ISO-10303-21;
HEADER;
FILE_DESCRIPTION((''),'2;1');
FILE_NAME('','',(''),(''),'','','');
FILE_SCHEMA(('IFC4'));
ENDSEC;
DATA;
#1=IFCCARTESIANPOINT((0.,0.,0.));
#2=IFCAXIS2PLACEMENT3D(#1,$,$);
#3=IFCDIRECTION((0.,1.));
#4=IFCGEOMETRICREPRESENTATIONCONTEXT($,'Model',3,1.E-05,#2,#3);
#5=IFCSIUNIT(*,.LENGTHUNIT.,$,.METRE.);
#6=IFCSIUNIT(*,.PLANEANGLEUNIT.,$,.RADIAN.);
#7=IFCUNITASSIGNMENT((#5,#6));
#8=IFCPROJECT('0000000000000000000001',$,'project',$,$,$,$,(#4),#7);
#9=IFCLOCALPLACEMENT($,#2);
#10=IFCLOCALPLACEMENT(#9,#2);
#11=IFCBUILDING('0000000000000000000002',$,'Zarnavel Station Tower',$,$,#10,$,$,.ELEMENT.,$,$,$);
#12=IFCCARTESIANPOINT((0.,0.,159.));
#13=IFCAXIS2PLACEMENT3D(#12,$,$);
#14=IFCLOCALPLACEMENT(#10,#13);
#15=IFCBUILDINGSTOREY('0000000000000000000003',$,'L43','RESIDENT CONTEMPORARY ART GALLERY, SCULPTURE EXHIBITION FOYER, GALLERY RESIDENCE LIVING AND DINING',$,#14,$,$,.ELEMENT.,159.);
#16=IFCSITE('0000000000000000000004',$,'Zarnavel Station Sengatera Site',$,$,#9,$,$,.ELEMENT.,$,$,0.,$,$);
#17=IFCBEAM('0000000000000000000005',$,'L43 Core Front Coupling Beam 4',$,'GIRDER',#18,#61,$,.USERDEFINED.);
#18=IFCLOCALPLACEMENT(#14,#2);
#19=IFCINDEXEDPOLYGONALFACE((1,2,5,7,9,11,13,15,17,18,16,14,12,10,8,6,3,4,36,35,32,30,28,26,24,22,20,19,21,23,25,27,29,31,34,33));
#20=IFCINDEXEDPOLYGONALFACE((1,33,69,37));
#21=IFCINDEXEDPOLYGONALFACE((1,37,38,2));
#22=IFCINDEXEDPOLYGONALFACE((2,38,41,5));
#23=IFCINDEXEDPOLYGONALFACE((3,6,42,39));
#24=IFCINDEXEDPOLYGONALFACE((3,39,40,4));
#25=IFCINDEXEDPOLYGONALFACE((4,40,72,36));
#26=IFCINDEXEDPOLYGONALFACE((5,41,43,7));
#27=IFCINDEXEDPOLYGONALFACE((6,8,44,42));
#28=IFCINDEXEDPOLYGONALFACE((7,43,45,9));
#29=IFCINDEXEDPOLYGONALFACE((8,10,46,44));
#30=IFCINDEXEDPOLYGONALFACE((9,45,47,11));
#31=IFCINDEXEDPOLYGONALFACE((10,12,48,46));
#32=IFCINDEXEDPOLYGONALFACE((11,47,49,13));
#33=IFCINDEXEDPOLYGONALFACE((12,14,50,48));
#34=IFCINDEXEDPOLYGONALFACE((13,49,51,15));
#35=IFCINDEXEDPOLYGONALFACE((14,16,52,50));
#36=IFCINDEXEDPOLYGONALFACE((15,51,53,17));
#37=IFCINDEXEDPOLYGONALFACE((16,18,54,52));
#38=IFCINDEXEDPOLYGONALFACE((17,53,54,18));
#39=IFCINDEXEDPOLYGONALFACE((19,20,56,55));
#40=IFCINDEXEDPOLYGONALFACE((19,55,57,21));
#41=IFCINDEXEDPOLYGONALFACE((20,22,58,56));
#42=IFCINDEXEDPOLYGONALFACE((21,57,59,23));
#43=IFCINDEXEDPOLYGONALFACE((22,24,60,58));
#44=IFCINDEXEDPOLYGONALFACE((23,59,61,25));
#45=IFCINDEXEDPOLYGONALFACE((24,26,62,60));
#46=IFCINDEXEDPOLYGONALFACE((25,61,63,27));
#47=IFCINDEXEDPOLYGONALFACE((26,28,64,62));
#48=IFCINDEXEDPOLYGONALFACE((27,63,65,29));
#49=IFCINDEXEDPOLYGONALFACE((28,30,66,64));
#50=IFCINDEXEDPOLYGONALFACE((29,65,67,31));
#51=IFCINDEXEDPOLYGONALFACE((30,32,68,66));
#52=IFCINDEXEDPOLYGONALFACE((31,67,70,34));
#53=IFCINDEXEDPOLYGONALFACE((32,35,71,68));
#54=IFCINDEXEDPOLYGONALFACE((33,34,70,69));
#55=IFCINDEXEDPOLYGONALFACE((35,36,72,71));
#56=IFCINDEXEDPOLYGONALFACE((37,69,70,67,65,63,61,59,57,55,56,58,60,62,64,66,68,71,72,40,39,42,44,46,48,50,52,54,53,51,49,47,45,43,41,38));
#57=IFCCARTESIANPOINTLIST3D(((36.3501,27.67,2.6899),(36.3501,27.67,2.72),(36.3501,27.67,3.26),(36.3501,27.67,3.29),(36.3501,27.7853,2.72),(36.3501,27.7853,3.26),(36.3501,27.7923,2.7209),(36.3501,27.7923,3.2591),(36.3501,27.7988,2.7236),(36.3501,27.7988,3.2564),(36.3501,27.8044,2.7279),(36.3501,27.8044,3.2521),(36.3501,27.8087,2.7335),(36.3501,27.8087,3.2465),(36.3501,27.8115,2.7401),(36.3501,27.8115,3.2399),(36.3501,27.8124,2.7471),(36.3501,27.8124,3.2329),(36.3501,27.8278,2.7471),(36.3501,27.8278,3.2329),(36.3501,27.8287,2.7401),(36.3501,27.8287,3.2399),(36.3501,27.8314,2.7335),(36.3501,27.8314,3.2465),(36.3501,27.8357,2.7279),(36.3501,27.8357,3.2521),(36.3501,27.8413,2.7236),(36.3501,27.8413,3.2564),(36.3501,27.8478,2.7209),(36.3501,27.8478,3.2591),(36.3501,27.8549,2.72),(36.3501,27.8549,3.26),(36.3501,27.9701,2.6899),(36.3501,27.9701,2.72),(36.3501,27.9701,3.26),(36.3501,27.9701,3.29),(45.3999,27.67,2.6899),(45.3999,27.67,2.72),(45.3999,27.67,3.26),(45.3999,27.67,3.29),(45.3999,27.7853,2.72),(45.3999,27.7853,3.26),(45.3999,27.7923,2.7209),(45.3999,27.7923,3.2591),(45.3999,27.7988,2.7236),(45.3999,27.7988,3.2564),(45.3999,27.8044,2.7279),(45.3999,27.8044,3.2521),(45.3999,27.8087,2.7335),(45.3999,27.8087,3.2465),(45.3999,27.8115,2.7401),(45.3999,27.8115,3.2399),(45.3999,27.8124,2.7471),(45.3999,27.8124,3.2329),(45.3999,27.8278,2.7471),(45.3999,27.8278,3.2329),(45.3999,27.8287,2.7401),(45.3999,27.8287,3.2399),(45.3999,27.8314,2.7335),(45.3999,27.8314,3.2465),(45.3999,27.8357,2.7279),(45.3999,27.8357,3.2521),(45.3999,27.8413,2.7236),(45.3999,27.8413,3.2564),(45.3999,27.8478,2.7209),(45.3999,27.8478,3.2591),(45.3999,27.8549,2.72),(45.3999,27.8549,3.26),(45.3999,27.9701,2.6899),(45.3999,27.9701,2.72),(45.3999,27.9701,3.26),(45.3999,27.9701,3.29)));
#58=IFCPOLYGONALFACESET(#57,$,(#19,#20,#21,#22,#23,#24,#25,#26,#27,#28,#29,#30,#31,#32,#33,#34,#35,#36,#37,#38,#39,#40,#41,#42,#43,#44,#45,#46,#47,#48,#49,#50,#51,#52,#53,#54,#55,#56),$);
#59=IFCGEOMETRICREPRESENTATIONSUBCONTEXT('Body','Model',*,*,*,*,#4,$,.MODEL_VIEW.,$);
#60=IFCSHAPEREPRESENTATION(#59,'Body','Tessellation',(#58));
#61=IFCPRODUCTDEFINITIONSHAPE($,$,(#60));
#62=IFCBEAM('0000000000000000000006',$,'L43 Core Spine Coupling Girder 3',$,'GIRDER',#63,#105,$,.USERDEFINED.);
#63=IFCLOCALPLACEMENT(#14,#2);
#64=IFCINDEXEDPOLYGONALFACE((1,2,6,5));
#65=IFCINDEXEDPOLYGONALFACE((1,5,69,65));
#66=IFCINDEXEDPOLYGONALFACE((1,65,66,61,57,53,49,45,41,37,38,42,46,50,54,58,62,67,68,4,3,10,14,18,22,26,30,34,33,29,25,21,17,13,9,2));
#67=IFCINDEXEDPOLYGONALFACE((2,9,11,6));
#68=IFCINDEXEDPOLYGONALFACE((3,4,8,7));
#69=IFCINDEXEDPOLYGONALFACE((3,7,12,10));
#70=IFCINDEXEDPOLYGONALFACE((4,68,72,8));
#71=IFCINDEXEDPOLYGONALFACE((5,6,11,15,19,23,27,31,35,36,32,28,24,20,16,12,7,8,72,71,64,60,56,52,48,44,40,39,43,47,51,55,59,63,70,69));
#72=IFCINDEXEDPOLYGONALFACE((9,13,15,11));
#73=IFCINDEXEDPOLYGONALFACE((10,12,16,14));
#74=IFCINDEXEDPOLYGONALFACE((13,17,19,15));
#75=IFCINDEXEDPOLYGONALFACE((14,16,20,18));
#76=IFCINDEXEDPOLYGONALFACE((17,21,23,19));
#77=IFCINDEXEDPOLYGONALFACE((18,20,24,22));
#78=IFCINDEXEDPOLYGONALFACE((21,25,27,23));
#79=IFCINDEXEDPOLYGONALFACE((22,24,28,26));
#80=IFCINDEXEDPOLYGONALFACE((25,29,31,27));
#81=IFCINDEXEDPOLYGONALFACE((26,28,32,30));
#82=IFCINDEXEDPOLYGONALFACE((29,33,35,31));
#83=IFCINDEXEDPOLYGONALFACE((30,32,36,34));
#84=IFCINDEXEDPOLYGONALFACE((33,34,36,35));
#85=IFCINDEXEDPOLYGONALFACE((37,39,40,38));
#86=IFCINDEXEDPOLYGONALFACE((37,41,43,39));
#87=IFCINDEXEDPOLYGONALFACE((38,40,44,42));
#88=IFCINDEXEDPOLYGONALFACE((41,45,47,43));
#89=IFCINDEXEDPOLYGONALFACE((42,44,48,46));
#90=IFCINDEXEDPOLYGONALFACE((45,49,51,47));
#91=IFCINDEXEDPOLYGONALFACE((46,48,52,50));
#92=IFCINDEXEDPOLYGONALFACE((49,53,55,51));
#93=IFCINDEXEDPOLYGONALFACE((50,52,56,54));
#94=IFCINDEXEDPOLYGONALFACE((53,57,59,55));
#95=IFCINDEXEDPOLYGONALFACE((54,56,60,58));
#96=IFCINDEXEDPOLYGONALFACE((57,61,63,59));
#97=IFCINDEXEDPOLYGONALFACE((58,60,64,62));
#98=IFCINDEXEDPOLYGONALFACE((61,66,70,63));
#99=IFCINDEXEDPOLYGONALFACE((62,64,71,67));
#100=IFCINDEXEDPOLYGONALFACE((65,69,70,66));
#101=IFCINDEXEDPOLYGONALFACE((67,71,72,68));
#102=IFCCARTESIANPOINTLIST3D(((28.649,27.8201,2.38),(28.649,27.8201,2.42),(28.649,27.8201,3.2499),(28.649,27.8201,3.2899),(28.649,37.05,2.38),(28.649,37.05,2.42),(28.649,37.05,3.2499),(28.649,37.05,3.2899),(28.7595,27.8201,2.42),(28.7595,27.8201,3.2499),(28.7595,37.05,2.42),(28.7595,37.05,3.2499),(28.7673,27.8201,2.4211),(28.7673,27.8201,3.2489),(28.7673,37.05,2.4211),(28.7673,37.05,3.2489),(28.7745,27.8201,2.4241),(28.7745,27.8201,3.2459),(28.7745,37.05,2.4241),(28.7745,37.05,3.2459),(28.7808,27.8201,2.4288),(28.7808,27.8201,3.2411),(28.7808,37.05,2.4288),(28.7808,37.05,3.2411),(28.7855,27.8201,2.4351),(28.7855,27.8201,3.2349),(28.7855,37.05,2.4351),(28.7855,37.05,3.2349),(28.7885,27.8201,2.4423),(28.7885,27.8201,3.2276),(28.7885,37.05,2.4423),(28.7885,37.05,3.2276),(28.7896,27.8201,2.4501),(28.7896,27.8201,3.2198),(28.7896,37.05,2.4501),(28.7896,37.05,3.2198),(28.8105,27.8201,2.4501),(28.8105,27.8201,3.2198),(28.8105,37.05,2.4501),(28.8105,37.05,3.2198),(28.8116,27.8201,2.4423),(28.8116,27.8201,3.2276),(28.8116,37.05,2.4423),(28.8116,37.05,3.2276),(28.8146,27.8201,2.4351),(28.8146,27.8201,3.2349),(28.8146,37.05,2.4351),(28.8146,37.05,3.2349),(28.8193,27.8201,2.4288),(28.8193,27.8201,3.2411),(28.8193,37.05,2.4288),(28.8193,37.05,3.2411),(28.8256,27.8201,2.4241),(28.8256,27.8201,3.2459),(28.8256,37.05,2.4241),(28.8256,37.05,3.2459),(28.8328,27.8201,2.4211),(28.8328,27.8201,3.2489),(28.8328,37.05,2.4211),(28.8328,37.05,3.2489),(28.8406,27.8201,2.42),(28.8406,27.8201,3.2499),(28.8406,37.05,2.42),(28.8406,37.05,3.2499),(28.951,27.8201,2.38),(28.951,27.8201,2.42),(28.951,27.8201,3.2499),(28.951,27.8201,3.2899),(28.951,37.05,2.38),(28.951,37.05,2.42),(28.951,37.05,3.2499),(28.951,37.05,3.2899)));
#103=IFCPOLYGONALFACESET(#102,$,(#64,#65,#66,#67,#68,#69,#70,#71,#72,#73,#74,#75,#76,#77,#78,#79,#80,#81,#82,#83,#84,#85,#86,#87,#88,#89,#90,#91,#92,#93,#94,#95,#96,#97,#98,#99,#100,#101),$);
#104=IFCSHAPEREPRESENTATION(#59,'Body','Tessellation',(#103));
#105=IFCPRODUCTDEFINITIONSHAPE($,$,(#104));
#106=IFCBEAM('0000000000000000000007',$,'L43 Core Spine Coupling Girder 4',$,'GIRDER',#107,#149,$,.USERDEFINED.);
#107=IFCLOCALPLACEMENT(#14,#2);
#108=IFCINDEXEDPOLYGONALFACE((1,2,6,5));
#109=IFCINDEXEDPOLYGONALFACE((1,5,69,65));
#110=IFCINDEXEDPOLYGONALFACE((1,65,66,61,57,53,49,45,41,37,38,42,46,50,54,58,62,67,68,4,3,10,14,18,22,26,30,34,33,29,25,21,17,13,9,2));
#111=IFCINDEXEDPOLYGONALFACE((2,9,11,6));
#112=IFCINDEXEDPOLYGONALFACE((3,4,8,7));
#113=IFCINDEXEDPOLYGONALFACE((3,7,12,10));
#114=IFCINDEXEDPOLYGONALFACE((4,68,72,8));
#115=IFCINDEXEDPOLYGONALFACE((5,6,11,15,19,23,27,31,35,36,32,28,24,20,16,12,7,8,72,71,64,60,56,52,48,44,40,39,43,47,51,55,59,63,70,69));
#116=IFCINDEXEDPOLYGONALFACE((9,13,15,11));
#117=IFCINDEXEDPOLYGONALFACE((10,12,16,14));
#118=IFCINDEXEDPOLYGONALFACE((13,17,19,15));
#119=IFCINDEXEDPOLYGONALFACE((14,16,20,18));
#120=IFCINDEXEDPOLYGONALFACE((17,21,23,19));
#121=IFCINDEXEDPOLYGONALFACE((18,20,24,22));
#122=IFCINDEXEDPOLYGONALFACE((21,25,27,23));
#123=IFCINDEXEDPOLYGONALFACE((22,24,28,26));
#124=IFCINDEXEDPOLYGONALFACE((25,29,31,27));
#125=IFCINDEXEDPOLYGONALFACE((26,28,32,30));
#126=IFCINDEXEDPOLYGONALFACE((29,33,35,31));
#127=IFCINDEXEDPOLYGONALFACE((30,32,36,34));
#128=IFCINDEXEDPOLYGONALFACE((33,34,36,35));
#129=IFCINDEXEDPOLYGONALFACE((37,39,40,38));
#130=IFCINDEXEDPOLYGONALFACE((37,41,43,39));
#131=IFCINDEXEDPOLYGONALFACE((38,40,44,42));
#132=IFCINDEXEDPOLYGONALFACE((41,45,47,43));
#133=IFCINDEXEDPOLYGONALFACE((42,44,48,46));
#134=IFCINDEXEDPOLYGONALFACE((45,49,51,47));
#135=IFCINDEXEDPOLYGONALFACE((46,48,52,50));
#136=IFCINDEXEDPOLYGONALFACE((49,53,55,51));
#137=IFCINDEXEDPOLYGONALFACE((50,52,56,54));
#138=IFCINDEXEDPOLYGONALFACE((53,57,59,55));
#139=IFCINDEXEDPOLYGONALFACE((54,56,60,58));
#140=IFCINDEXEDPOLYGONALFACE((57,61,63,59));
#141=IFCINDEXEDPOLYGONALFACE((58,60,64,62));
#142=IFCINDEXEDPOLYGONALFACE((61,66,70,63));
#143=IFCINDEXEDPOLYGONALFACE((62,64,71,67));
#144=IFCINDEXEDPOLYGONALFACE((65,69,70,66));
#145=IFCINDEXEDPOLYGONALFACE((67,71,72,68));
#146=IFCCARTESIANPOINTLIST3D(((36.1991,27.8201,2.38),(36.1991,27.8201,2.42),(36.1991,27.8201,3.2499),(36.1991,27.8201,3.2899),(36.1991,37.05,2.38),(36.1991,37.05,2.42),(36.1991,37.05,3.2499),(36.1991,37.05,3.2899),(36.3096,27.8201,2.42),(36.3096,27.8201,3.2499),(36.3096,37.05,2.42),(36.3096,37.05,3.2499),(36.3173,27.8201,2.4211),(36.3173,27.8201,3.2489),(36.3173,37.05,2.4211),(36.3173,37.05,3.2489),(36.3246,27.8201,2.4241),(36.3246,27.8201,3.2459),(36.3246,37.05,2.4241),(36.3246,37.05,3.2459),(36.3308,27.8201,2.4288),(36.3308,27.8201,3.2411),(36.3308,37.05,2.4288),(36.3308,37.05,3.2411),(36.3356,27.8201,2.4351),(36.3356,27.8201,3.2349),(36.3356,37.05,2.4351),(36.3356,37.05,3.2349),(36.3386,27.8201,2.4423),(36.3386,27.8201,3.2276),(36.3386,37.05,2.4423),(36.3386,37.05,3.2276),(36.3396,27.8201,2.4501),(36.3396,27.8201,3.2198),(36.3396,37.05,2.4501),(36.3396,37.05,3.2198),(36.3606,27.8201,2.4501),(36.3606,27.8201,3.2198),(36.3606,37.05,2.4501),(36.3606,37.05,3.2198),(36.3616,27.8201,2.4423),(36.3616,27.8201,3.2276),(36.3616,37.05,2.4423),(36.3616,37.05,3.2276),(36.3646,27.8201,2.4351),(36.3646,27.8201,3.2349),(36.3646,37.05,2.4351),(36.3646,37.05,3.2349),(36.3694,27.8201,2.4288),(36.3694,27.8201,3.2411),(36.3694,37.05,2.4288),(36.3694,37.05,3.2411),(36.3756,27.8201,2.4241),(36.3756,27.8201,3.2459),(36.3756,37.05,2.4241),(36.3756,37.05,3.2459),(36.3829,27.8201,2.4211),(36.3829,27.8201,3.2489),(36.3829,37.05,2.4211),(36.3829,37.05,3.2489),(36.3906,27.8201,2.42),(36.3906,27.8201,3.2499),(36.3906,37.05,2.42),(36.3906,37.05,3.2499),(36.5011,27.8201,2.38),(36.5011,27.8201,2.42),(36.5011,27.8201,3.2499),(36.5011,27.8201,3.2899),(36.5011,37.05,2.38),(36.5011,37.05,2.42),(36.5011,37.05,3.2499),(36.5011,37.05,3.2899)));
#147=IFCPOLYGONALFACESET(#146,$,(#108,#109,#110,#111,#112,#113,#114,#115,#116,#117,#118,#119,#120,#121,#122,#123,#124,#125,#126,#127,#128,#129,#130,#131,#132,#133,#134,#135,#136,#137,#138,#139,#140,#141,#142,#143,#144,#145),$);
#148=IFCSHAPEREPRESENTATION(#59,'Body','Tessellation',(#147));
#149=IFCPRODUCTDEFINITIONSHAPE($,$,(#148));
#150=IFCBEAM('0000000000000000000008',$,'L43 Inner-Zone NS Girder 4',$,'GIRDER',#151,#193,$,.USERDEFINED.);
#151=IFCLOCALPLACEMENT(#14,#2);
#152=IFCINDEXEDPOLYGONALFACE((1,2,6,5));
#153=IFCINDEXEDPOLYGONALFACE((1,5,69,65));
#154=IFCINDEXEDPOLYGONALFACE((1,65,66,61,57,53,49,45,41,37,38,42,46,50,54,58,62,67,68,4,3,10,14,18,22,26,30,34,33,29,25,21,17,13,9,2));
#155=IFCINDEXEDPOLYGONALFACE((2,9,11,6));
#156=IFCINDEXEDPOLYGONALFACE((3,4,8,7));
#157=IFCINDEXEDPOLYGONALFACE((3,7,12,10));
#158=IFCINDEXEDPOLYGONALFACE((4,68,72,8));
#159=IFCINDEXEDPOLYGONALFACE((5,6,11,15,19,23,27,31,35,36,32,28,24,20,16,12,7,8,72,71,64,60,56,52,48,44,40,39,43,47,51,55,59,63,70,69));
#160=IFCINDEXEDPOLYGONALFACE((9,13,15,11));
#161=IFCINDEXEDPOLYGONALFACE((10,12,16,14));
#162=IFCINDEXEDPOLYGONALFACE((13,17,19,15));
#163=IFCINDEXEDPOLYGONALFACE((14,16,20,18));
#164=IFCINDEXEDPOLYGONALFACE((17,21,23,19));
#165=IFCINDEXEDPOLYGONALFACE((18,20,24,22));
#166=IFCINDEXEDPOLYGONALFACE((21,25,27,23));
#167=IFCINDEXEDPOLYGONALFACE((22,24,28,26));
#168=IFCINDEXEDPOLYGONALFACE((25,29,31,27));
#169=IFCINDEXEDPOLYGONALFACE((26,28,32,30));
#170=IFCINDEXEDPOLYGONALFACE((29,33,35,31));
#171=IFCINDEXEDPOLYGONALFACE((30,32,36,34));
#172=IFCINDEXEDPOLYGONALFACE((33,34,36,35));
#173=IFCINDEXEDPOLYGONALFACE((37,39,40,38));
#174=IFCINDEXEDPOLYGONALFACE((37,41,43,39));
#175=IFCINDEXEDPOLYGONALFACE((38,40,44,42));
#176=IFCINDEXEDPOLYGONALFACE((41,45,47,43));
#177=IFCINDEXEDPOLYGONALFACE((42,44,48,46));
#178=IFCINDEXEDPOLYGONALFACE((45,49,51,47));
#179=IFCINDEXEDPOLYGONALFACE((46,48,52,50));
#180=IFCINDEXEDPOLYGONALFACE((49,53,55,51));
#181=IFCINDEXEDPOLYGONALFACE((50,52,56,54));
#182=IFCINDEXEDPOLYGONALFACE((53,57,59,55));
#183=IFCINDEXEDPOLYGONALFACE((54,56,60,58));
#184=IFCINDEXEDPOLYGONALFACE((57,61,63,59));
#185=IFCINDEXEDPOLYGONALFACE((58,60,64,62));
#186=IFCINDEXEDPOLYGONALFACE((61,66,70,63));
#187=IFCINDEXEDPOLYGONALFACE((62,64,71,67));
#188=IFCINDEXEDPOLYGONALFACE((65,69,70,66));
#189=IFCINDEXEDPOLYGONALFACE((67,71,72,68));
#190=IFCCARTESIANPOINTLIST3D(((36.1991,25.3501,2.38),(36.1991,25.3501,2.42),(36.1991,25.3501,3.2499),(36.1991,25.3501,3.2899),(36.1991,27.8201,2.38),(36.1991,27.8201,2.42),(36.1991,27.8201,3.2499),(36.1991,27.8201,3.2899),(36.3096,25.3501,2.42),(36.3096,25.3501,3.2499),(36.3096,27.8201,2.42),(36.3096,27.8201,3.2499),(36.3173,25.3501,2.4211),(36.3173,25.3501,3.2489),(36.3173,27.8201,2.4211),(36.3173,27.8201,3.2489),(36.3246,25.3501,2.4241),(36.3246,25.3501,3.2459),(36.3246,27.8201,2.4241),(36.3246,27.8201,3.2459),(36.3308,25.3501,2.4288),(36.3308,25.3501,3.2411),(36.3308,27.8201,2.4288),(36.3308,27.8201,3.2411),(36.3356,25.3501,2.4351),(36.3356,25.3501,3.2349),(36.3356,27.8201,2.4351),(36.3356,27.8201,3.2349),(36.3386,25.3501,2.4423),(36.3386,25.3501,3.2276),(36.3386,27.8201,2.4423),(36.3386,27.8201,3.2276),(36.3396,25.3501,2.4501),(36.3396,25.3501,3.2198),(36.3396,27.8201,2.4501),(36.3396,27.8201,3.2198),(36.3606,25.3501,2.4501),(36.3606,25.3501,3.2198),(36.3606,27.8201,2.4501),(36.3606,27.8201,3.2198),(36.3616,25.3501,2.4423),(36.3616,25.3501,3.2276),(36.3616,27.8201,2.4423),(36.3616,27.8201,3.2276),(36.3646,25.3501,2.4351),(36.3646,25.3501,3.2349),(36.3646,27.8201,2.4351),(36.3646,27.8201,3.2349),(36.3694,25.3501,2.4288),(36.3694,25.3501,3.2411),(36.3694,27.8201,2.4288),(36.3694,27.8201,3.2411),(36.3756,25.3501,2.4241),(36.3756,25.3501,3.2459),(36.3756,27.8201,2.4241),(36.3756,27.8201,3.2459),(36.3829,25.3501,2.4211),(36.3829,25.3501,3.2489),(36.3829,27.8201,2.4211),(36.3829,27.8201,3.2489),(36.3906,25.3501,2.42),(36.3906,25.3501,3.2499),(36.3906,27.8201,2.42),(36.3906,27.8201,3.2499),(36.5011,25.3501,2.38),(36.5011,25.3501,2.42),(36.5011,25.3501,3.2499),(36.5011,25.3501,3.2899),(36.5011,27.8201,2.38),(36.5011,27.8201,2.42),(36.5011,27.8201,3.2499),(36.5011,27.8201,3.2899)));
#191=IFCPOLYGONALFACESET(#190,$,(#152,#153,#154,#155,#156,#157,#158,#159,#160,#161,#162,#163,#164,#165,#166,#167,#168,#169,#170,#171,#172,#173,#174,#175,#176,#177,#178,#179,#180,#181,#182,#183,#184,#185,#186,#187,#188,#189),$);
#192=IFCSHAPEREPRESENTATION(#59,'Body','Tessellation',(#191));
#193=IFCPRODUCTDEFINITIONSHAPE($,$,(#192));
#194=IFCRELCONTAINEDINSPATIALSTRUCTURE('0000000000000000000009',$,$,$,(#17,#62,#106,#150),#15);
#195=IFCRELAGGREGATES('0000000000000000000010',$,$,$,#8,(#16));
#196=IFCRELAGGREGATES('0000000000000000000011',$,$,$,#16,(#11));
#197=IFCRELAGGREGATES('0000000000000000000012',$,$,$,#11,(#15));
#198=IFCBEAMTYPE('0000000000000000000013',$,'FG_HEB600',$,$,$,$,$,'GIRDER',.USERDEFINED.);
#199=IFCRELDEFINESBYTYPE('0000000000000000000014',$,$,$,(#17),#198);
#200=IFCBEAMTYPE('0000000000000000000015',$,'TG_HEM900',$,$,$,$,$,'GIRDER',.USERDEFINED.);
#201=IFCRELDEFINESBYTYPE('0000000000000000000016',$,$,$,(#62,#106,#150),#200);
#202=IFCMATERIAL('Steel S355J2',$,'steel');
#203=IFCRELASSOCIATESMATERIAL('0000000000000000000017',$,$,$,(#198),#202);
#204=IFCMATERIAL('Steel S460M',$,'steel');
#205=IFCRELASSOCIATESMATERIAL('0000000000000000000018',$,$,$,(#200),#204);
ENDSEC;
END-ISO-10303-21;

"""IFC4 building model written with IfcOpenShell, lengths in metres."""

from ifc_helpers import new_model, si_unit, direction, frame, origin, origin_2d, place, context, subcontext, project, spatial, i_section, extrude, material, material_profile, profile_set, type_object, element, save


model = new_model("IFC4")

# Units and contexts
model_context = context("Model", 3, precision=1e-05, world=origin(), true_north=direction((0.0, 1.0)))
body_context = subcontext(model_context, "Body", "Model", "MODEL_VIEW")
ifc_project = project(units=[si_unit("LENGTHUNIT", "METRE"), si_unit("PLANEANGLEUNIT", "RADIAN")], contexts=[model_context])

# Site, building, storey
site_placement = place(None, origin())
site = spatial("IfcSite", under=ifc_project, at=site_placement, Name="Zarnavel Station Sengatera Site", CompositionType="ELEMENT", RefElevation=0.0)
building_placement = place(site_placement, origin())
building = spatial("IfcBuilding", under=site, at=building_placement, Name="Zarnavel Station Tower", CompositionType="ELEMENT")
storey_placement = place(building_placement, frame((0.0, 0.0, 159.0)))
storey = spatial("IfcBuildingStorey", under=building, at=storey_placement, Name="L43", Description="RESIDENT CONTEMPORARY ART GALLERY, SCULPTURE EXHIBITION FOYER, GALLERY RESIDENCE LIVING AND DINING", CompositionType="ELEMENT", Elevation=159.0)

# Beams
ifc_material_1 = material(Name="Steel S355J2", Category="steel")
ifc_material_profile_1 = material_profile(ifc_material_1, i_section(OverallWidth=0.3, OverallDepth=0.6001, WebThickness=0.0154, FlangeThickness=0.03, FilletRadius=0.0271, at=origin_2d()), Name="HEB600")
ifc_profile_set_1 = profile_set([ifc_material_profile_1], Name="Steel S355J2")
beam_type_1 = type_object("IfcBeamType", Name="FG_HEB600", ElementType="GIRDER", PredefinedType="USERDEFINED", material=ifc_profile_set_1)
beam_1_placement = place(storey_placement, frame((36.3501, 27.8201, 2.99), z_axis=(1.0, 0.0, 0.0), x_axis=(0.0, 1.0, 0.0)))
element("IfcBeam", 1, at=beam_1_placement, inside=storey, type_object=beam_type_1, Name="L43 Core Front Coupling Beam 4", ObjectType="GIRDER", PredefinedType="USERDEFINED", context=body_context, shape_type="SweptSolid", body=[
    extrude(i_section(OverallWidth=0.3, OverallDepth=0.6001, WebThickness=0.0154, FlangeThickness=0.03, FilletRadius=0.0271, at=origin_2d()), origin(), (0.0, 0.0, 1.0), 9.0498),
])
ifc_material_2 = material(Name="Steel S460M", Category="steel")
ifc_material_profile_2 = material_profile(ifc_material_2, i_section(OverallWidth=0.302, OverallDepth=0.9099, WebThickness=0.021, FlangeThickness=0.04, FilletRadius=0.03, at=origin_2d()), Name="HEM900")
ifc_profile_set_2 = profile_set([ifc_material_profile_2], Name="Steel S460M")
beam_type_2 = type_object("IfcBeamType", Name="TG_HEM900", ElementType="GIRDER", PredefinedType="USERDEFINED", material=ifc_profile_set_2)
for number, where, z_axis, x_axis, name in (
    (2, (28.8, 27.8201, 2.835), (0.0, 1.0, 0.0), (-1.0, 0.0, 0.0), "L43 Core Spine Coupling Girder 3"),
    (3, (36.3501, 27.8201, 2.835), (0.0, 1.0, 0.0), (-1.0, 0.0, 0.0), "L43 Core Spine Coupling Girder 4"),
):
    element("IfcBeam", number, at=place(storey_placement, frame(where, z_axis=z_axis, x_axis=x_axis)), inside=storey, type_object=beam_type_2, Name=name, ObjectType="GIRDER", PredefinedType="USERDEFINED", context=body_context, shape_type="SweptSolid", body=[
        extrude(i_section(OverallWidth=0.302, OverallDepth=0.9099, WebThickness=0.021, FlangeThickness=0.04, FilletRadius=0.03, at=origin_2d()), origin(), (0.0, 0.0, 1.0), 9.23),
    ])
beam_2_placement = place(storey_placement, frame((36.3501, 25.3501, 2.835), z_axis=(0.0, 1.0, 0.0), x_axis=(-1.0, 0.0, 0.0)))
element("IfcBeam", 4, at=beam_2_placement, inside=storey, type_object=beam_type_2, Name="L43 Inner-Zone NS Girder 4", ObjectType="GIRDER", PredefinedType="USERDEFINED", context=body_context, shape_type="SweptSolid", body=[
    extrude(i_section(OverallWidth=0.302, OverallDepth=0.9099, WebThickness=0.021, FlangeThickness=0.04, FilletRadius=0.03, at=origin_2d()), origin(), (0.0, 0.0, 1.0), 2.47),
])

save(model, "model.ifc")
